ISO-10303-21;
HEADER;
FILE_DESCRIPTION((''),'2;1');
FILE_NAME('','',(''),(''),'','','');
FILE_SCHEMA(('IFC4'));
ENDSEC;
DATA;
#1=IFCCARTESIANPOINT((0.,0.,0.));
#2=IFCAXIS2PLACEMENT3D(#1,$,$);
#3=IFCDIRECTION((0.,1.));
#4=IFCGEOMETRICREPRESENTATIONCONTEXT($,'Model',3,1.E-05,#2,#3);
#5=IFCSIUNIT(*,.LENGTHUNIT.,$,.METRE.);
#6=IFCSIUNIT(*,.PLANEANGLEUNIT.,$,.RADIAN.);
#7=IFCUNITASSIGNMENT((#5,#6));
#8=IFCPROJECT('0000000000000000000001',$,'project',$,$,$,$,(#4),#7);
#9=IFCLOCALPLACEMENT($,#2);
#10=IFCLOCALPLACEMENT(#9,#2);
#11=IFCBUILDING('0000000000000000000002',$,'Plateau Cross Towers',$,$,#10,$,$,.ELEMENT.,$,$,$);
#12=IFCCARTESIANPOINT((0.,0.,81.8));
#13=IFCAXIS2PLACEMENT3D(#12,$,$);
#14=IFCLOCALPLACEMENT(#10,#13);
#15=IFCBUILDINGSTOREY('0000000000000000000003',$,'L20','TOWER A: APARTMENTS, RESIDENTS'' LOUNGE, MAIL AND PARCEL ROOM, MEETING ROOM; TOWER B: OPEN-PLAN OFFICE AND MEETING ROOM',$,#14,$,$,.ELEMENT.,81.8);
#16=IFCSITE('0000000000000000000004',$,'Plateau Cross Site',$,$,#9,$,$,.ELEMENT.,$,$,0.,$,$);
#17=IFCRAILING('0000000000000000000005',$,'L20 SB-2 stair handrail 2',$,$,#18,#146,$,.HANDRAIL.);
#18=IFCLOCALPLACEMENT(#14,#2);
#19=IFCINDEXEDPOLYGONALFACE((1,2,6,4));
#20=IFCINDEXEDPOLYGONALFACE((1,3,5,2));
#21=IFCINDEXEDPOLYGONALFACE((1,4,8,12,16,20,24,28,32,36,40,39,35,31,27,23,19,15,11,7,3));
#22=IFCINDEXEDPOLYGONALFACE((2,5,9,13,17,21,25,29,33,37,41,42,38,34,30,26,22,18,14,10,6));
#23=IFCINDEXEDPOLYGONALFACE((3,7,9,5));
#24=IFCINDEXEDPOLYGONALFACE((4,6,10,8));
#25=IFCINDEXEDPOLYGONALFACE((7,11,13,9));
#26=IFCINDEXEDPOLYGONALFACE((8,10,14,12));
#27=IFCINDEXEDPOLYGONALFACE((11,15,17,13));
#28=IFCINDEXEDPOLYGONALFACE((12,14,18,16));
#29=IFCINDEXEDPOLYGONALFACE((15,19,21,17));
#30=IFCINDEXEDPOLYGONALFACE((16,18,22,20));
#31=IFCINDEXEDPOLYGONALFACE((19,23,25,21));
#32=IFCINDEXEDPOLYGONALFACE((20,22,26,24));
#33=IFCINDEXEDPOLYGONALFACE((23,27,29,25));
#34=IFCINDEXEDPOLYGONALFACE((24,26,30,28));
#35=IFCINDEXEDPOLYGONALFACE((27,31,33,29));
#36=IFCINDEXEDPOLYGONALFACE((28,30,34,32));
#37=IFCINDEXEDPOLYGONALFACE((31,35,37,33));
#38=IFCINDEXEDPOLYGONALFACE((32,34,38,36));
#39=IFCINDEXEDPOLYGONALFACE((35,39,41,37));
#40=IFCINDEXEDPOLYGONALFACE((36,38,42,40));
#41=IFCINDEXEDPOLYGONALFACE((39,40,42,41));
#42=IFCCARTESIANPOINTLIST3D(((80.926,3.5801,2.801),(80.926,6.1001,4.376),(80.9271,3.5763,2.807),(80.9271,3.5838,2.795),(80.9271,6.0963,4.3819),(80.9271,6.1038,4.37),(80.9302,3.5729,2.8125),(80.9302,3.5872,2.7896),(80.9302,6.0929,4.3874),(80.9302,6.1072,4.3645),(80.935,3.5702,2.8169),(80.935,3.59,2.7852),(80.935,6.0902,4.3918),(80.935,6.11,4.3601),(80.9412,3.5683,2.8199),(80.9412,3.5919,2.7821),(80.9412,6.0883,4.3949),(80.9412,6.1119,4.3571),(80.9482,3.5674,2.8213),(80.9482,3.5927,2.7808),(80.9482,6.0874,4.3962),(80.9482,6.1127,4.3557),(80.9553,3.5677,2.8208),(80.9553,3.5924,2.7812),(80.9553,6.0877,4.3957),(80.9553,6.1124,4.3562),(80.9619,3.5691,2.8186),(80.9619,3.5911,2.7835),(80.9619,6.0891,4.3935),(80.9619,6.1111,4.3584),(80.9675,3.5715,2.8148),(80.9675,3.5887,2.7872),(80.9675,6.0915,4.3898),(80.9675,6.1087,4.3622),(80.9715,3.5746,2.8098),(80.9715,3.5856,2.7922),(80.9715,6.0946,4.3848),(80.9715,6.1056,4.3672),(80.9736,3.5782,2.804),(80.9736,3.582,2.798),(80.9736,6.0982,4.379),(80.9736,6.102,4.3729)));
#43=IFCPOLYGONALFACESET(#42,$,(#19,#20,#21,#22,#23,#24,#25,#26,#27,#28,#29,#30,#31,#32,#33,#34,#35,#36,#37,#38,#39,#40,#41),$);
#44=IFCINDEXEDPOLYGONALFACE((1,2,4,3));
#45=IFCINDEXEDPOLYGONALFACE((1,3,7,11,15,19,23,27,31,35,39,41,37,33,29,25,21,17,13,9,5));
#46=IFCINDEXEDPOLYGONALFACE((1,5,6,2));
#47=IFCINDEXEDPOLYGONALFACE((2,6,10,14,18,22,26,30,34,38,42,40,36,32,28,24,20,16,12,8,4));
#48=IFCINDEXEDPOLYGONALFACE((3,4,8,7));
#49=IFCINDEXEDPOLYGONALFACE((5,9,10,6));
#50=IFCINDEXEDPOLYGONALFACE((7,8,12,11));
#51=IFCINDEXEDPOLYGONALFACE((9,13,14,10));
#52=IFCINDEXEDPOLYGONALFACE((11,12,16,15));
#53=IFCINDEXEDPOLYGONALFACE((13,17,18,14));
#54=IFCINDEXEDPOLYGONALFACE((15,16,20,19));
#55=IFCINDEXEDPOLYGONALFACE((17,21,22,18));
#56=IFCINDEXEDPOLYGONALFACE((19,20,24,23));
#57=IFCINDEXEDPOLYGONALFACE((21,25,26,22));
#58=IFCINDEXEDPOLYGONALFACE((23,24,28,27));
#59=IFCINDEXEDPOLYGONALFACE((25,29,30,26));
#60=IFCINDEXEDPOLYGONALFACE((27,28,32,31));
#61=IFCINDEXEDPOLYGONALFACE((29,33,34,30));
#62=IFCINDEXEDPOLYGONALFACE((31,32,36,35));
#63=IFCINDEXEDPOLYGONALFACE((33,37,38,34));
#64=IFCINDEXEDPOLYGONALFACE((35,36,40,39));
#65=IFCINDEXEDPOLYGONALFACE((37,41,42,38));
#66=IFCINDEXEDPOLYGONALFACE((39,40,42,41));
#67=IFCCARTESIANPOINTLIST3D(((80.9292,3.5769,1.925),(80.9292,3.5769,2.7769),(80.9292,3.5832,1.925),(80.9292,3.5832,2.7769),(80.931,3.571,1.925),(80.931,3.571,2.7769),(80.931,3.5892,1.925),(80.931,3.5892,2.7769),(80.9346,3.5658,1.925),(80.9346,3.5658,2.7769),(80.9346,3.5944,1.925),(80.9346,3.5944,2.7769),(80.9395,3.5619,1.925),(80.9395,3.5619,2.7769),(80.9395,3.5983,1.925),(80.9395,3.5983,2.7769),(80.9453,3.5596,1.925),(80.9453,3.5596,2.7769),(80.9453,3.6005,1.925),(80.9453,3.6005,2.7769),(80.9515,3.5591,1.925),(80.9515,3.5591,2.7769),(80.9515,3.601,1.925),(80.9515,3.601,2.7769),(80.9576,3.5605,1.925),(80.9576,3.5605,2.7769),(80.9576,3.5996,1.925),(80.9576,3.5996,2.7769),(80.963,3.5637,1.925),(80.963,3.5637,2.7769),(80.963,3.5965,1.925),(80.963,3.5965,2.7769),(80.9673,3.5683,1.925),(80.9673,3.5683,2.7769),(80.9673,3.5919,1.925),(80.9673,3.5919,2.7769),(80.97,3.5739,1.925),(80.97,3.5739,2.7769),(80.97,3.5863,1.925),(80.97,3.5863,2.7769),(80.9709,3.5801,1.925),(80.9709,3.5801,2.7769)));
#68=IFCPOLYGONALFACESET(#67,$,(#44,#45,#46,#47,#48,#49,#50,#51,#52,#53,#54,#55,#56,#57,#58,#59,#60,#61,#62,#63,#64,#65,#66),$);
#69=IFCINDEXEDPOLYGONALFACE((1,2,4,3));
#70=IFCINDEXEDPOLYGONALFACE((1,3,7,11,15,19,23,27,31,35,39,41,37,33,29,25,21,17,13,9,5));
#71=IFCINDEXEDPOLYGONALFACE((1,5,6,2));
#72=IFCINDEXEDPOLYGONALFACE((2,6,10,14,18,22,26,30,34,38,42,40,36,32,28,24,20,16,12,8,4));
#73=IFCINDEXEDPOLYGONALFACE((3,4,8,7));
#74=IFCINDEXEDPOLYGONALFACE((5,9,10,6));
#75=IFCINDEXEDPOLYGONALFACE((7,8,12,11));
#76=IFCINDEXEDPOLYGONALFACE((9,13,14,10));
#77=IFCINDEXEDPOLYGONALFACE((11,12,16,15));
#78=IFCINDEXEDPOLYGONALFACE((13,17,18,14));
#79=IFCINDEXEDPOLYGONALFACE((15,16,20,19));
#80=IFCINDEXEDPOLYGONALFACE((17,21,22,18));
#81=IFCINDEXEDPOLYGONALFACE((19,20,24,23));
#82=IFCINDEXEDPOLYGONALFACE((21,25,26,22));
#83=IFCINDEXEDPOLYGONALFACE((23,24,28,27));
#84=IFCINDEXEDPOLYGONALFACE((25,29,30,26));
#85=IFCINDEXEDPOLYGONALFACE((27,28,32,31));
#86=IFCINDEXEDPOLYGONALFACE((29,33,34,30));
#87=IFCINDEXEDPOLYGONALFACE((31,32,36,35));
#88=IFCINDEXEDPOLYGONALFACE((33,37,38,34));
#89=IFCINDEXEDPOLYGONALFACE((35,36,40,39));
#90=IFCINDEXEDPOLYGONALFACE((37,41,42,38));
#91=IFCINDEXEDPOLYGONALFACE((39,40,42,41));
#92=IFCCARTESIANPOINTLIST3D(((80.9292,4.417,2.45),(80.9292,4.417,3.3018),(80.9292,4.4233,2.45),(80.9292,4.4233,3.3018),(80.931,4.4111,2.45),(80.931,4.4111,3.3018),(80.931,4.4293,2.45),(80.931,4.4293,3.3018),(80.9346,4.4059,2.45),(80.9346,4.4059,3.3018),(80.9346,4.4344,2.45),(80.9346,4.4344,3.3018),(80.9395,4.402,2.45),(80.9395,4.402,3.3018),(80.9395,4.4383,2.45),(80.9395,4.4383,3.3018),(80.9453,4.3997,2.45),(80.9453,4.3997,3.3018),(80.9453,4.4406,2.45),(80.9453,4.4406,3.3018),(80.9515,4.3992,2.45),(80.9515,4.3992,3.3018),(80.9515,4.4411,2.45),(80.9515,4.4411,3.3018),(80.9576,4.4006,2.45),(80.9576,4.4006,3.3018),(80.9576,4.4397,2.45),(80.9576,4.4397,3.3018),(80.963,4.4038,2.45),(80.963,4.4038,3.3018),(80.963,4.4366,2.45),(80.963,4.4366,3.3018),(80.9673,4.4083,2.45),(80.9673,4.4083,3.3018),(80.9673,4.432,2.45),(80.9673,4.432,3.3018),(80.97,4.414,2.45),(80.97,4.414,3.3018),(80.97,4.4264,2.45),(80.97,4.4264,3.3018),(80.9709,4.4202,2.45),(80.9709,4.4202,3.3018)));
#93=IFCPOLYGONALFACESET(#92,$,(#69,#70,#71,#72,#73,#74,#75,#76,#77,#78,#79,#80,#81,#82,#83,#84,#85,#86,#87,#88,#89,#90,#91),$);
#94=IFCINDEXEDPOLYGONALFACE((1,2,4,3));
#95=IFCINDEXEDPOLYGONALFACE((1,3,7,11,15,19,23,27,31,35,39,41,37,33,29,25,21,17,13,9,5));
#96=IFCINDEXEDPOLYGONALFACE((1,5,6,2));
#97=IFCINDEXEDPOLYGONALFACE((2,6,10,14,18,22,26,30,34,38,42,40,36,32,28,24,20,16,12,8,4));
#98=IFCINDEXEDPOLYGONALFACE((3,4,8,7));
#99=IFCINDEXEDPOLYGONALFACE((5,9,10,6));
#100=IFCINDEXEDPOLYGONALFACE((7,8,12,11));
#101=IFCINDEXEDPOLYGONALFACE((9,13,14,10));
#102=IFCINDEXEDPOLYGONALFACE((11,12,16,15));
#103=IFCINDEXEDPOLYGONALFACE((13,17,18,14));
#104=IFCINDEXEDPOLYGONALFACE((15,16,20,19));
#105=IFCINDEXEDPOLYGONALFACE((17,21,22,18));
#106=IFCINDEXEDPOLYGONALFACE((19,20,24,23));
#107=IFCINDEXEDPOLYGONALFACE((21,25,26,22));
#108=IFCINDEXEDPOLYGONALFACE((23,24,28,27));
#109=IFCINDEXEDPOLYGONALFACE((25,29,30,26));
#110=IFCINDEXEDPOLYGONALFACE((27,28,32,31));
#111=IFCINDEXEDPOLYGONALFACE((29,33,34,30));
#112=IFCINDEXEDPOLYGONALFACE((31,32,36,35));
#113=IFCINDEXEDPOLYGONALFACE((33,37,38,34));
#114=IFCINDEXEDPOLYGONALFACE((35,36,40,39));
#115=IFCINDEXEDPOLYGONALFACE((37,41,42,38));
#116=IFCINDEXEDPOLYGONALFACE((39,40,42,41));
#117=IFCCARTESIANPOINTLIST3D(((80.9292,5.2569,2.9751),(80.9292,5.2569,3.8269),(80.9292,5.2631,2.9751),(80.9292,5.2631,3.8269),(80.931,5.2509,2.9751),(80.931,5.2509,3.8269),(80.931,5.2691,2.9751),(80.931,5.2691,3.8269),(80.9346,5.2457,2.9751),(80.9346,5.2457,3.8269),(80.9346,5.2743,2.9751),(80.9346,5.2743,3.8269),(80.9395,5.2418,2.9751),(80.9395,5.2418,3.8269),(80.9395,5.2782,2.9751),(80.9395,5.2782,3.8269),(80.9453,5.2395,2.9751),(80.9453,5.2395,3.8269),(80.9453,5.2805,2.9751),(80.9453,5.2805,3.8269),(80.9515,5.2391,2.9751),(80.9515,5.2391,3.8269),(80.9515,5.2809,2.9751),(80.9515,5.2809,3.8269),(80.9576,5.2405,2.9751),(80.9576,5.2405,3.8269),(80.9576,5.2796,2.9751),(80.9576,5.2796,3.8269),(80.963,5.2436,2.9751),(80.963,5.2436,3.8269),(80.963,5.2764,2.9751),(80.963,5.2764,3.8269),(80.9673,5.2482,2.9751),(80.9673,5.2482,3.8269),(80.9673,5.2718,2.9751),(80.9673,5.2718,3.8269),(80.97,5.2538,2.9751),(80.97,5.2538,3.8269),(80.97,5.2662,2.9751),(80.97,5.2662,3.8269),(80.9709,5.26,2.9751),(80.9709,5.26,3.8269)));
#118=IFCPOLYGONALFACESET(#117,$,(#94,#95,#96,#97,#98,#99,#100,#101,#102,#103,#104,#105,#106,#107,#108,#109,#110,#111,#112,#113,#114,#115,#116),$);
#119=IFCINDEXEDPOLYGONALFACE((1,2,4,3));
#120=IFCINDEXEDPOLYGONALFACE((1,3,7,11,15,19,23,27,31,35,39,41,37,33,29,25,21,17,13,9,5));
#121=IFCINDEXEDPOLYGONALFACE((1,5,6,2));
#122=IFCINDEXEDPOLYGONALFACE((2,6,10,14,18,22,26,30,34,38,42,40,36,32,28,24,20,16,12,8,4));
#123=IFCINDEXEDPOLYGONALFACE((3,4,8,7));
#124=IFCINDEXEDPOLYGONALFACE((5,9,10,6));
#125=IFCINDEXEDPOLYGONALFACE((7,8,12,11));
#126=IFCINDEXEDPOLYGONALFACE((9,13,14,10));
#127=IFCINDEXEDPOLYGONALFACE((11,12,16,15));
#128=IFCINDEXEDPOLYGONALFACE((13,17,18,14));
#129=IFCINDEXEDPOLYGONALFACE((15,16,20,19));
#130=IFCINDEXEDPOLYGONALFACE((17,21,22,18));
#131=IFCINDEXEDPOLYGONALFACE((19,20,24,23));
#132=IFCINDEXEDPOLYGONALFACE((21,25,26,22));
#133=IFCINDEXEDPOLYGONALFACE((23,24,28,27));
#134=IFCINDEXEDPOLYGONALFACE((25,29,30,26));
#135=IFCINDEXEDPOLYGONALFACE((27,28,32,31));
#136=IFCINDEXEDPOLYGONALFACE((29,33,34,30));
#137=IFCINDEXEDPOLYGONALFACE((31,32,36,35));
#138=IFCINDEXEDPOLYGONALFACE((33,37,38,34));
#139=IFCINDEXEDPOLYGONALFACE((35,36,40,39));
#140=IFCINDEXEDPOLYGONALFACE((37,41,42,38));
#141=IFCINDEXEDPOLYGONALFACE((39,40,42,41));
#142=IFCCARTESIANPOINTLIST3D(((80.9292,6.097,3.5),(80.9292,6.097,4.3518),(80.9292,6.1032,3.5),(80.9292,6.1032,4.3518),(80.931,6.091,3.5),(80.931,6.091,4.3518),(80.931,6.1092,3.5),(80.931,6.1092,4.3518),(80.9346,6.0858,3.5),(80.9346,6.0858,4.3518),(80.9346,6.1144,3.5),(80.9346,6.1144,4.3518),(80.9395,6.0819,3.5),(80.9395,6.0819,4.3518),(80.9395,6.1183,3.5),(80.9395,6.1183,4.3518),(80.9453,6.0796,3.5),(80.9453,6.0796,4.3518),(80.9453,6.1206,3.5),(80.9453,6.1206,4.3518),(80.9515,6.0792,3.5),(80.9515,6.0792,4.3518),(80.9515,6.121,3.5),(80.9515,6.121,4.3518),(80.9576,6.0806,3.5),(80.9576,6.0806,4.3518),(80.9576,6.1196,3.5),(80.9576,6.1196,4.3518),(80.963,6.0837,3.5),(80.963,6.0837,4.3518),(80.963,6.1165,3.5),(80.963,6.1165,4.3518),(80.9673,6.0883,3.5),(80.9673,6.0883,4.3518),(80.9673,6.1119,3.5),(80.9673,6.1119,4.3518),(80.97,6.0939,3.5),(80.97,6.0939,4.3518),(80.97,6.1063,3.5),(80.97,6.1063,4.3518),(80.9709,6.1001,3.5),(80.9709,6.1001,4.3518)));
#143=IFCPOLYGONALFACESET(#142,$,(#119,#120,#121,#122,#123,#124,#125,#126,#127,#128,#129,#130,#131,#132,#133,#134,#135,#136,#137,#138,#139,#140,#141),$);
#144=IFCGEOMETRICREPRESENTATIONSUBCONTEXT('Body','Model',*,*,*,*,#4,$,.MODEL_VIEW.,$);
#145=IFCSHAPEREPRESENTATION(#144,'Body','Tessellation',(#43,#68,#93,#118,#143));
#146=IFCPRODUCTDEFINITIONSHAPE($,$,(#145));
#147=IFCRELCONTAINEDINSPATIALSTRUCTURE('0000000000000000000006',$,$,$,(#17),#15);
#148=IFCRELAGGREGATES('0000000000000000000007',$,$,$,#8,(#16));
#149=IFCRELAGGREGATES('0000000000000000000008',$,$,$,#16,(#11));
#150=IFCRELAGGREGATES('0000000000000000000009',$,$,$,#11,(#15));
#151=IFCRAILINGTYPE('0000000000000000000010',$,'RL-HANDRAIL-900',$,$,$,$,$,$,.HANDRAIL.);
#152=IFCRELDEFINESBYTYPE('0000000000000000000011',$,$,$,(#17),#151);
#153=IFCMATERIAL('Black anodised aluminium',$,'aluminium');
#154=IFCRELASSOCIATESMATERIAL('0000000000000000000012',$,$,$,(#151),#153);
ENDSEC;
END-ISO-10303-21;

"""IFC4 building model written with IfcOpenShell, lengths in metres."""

from ifc_helpers import new_model, si_unit, direction, frame, origin, origin_2d, place, context, subcontext, project, spatial, circle, extrude, material, type_object, element, save


model = new_model("IFC4")

# Units and contexts
model_context = context("Model", 3, precision=1e-05, world=origin(), true_north=direction((0.0, 1.0)))
body_context = subcontext(model_context, "Body", "Model", "MODEL_VIEW")
ifc_project = project(units=[si_unit("LENGTHUNIT", "METRE"), si_unit("PLANEANGLEUNIT", "RADIAN")], contexts=[model_context])

# Site, building, storey
site_placement = place(None, origin())
site = spatial("IfcSite", under=ifc_project, at=site_placement, Name="Plateau Cross Site", CompositionType="ELEMENT", RefElevation=0.0)
building_placement = place(site_placement, origin())
building = spatial("IfcBuilding", under=site, at=building_placement, Name="Plateau Cross Towers", CompositionType="ELEMENT")
storey_placement = place(building_placement, frame((0.0, 0.0, 81.8)))
storey = spatial("IfcBuildingStorey", under=building, at=storey_placement, Name="L20", Description="TOWER A: APARTMENTS, RESIDENTS' LOUNGE, MAIL AND PARCEL ROOM, MEETING ROOM; TOWER B: OPEN-PLAN OFFICE AND MEETING ROOM", CompositionType="ELEMENT", Elevation=81.8)

# Shared definitions
ifc_material_1 = material(Name="Black anodised aluminium", Category="aluminium")

# Railing
railing_type_1 = type_object("IfcRailingType", Name="RL-HANDRAIL-900", PredefinedType="HANDRAIL", material=ifc_material_1)
railing_1_placement = place(storey_placement, frame((80.95, 3.5801, 1.925)))
element("IfcRailing", 1, at=railing_1_placement, inside=storey, type_object=railing_type_1, Name="L20 SB-2 stair handrail 2", PredefinedType="HANDRAIL", context=body_context, shape_type="SweptSolid", body=[
    extrude(circle(Radius=0.0239, at=origin_2d()), frame((0.0, 0.0, 0.876), z_axis=(0.0, 0.848008, 0.529984), x_axis=(-1.0, 0.0, 0.0)), (0.0, 0.0, 1.0), 2.9717),
    extrude(circle(Radius=0.021, at=origin_2d()), origin(), (0.0, 0.0, 1.0), 0.8518),
    extrude(circle(Radius=0.021, at=origin_2d()), frame((0.0, 0.8401, 0.5249)), (0.0, 0.0, 1.0), 0.8518),
    extrude(circle(Radius=0.021, at=origin_2d()), frame((0.0, 1.6799, 1.05)), (0.0, 0.0, 1.0), 0.8518),
    extrude(circle(Radius=0.021, at=origin_2d()), frame((0.0, 2.52, 1.575)), (0.0, 0.0, 1.0), 0.8518),
])

save(model, "model.ifc")
